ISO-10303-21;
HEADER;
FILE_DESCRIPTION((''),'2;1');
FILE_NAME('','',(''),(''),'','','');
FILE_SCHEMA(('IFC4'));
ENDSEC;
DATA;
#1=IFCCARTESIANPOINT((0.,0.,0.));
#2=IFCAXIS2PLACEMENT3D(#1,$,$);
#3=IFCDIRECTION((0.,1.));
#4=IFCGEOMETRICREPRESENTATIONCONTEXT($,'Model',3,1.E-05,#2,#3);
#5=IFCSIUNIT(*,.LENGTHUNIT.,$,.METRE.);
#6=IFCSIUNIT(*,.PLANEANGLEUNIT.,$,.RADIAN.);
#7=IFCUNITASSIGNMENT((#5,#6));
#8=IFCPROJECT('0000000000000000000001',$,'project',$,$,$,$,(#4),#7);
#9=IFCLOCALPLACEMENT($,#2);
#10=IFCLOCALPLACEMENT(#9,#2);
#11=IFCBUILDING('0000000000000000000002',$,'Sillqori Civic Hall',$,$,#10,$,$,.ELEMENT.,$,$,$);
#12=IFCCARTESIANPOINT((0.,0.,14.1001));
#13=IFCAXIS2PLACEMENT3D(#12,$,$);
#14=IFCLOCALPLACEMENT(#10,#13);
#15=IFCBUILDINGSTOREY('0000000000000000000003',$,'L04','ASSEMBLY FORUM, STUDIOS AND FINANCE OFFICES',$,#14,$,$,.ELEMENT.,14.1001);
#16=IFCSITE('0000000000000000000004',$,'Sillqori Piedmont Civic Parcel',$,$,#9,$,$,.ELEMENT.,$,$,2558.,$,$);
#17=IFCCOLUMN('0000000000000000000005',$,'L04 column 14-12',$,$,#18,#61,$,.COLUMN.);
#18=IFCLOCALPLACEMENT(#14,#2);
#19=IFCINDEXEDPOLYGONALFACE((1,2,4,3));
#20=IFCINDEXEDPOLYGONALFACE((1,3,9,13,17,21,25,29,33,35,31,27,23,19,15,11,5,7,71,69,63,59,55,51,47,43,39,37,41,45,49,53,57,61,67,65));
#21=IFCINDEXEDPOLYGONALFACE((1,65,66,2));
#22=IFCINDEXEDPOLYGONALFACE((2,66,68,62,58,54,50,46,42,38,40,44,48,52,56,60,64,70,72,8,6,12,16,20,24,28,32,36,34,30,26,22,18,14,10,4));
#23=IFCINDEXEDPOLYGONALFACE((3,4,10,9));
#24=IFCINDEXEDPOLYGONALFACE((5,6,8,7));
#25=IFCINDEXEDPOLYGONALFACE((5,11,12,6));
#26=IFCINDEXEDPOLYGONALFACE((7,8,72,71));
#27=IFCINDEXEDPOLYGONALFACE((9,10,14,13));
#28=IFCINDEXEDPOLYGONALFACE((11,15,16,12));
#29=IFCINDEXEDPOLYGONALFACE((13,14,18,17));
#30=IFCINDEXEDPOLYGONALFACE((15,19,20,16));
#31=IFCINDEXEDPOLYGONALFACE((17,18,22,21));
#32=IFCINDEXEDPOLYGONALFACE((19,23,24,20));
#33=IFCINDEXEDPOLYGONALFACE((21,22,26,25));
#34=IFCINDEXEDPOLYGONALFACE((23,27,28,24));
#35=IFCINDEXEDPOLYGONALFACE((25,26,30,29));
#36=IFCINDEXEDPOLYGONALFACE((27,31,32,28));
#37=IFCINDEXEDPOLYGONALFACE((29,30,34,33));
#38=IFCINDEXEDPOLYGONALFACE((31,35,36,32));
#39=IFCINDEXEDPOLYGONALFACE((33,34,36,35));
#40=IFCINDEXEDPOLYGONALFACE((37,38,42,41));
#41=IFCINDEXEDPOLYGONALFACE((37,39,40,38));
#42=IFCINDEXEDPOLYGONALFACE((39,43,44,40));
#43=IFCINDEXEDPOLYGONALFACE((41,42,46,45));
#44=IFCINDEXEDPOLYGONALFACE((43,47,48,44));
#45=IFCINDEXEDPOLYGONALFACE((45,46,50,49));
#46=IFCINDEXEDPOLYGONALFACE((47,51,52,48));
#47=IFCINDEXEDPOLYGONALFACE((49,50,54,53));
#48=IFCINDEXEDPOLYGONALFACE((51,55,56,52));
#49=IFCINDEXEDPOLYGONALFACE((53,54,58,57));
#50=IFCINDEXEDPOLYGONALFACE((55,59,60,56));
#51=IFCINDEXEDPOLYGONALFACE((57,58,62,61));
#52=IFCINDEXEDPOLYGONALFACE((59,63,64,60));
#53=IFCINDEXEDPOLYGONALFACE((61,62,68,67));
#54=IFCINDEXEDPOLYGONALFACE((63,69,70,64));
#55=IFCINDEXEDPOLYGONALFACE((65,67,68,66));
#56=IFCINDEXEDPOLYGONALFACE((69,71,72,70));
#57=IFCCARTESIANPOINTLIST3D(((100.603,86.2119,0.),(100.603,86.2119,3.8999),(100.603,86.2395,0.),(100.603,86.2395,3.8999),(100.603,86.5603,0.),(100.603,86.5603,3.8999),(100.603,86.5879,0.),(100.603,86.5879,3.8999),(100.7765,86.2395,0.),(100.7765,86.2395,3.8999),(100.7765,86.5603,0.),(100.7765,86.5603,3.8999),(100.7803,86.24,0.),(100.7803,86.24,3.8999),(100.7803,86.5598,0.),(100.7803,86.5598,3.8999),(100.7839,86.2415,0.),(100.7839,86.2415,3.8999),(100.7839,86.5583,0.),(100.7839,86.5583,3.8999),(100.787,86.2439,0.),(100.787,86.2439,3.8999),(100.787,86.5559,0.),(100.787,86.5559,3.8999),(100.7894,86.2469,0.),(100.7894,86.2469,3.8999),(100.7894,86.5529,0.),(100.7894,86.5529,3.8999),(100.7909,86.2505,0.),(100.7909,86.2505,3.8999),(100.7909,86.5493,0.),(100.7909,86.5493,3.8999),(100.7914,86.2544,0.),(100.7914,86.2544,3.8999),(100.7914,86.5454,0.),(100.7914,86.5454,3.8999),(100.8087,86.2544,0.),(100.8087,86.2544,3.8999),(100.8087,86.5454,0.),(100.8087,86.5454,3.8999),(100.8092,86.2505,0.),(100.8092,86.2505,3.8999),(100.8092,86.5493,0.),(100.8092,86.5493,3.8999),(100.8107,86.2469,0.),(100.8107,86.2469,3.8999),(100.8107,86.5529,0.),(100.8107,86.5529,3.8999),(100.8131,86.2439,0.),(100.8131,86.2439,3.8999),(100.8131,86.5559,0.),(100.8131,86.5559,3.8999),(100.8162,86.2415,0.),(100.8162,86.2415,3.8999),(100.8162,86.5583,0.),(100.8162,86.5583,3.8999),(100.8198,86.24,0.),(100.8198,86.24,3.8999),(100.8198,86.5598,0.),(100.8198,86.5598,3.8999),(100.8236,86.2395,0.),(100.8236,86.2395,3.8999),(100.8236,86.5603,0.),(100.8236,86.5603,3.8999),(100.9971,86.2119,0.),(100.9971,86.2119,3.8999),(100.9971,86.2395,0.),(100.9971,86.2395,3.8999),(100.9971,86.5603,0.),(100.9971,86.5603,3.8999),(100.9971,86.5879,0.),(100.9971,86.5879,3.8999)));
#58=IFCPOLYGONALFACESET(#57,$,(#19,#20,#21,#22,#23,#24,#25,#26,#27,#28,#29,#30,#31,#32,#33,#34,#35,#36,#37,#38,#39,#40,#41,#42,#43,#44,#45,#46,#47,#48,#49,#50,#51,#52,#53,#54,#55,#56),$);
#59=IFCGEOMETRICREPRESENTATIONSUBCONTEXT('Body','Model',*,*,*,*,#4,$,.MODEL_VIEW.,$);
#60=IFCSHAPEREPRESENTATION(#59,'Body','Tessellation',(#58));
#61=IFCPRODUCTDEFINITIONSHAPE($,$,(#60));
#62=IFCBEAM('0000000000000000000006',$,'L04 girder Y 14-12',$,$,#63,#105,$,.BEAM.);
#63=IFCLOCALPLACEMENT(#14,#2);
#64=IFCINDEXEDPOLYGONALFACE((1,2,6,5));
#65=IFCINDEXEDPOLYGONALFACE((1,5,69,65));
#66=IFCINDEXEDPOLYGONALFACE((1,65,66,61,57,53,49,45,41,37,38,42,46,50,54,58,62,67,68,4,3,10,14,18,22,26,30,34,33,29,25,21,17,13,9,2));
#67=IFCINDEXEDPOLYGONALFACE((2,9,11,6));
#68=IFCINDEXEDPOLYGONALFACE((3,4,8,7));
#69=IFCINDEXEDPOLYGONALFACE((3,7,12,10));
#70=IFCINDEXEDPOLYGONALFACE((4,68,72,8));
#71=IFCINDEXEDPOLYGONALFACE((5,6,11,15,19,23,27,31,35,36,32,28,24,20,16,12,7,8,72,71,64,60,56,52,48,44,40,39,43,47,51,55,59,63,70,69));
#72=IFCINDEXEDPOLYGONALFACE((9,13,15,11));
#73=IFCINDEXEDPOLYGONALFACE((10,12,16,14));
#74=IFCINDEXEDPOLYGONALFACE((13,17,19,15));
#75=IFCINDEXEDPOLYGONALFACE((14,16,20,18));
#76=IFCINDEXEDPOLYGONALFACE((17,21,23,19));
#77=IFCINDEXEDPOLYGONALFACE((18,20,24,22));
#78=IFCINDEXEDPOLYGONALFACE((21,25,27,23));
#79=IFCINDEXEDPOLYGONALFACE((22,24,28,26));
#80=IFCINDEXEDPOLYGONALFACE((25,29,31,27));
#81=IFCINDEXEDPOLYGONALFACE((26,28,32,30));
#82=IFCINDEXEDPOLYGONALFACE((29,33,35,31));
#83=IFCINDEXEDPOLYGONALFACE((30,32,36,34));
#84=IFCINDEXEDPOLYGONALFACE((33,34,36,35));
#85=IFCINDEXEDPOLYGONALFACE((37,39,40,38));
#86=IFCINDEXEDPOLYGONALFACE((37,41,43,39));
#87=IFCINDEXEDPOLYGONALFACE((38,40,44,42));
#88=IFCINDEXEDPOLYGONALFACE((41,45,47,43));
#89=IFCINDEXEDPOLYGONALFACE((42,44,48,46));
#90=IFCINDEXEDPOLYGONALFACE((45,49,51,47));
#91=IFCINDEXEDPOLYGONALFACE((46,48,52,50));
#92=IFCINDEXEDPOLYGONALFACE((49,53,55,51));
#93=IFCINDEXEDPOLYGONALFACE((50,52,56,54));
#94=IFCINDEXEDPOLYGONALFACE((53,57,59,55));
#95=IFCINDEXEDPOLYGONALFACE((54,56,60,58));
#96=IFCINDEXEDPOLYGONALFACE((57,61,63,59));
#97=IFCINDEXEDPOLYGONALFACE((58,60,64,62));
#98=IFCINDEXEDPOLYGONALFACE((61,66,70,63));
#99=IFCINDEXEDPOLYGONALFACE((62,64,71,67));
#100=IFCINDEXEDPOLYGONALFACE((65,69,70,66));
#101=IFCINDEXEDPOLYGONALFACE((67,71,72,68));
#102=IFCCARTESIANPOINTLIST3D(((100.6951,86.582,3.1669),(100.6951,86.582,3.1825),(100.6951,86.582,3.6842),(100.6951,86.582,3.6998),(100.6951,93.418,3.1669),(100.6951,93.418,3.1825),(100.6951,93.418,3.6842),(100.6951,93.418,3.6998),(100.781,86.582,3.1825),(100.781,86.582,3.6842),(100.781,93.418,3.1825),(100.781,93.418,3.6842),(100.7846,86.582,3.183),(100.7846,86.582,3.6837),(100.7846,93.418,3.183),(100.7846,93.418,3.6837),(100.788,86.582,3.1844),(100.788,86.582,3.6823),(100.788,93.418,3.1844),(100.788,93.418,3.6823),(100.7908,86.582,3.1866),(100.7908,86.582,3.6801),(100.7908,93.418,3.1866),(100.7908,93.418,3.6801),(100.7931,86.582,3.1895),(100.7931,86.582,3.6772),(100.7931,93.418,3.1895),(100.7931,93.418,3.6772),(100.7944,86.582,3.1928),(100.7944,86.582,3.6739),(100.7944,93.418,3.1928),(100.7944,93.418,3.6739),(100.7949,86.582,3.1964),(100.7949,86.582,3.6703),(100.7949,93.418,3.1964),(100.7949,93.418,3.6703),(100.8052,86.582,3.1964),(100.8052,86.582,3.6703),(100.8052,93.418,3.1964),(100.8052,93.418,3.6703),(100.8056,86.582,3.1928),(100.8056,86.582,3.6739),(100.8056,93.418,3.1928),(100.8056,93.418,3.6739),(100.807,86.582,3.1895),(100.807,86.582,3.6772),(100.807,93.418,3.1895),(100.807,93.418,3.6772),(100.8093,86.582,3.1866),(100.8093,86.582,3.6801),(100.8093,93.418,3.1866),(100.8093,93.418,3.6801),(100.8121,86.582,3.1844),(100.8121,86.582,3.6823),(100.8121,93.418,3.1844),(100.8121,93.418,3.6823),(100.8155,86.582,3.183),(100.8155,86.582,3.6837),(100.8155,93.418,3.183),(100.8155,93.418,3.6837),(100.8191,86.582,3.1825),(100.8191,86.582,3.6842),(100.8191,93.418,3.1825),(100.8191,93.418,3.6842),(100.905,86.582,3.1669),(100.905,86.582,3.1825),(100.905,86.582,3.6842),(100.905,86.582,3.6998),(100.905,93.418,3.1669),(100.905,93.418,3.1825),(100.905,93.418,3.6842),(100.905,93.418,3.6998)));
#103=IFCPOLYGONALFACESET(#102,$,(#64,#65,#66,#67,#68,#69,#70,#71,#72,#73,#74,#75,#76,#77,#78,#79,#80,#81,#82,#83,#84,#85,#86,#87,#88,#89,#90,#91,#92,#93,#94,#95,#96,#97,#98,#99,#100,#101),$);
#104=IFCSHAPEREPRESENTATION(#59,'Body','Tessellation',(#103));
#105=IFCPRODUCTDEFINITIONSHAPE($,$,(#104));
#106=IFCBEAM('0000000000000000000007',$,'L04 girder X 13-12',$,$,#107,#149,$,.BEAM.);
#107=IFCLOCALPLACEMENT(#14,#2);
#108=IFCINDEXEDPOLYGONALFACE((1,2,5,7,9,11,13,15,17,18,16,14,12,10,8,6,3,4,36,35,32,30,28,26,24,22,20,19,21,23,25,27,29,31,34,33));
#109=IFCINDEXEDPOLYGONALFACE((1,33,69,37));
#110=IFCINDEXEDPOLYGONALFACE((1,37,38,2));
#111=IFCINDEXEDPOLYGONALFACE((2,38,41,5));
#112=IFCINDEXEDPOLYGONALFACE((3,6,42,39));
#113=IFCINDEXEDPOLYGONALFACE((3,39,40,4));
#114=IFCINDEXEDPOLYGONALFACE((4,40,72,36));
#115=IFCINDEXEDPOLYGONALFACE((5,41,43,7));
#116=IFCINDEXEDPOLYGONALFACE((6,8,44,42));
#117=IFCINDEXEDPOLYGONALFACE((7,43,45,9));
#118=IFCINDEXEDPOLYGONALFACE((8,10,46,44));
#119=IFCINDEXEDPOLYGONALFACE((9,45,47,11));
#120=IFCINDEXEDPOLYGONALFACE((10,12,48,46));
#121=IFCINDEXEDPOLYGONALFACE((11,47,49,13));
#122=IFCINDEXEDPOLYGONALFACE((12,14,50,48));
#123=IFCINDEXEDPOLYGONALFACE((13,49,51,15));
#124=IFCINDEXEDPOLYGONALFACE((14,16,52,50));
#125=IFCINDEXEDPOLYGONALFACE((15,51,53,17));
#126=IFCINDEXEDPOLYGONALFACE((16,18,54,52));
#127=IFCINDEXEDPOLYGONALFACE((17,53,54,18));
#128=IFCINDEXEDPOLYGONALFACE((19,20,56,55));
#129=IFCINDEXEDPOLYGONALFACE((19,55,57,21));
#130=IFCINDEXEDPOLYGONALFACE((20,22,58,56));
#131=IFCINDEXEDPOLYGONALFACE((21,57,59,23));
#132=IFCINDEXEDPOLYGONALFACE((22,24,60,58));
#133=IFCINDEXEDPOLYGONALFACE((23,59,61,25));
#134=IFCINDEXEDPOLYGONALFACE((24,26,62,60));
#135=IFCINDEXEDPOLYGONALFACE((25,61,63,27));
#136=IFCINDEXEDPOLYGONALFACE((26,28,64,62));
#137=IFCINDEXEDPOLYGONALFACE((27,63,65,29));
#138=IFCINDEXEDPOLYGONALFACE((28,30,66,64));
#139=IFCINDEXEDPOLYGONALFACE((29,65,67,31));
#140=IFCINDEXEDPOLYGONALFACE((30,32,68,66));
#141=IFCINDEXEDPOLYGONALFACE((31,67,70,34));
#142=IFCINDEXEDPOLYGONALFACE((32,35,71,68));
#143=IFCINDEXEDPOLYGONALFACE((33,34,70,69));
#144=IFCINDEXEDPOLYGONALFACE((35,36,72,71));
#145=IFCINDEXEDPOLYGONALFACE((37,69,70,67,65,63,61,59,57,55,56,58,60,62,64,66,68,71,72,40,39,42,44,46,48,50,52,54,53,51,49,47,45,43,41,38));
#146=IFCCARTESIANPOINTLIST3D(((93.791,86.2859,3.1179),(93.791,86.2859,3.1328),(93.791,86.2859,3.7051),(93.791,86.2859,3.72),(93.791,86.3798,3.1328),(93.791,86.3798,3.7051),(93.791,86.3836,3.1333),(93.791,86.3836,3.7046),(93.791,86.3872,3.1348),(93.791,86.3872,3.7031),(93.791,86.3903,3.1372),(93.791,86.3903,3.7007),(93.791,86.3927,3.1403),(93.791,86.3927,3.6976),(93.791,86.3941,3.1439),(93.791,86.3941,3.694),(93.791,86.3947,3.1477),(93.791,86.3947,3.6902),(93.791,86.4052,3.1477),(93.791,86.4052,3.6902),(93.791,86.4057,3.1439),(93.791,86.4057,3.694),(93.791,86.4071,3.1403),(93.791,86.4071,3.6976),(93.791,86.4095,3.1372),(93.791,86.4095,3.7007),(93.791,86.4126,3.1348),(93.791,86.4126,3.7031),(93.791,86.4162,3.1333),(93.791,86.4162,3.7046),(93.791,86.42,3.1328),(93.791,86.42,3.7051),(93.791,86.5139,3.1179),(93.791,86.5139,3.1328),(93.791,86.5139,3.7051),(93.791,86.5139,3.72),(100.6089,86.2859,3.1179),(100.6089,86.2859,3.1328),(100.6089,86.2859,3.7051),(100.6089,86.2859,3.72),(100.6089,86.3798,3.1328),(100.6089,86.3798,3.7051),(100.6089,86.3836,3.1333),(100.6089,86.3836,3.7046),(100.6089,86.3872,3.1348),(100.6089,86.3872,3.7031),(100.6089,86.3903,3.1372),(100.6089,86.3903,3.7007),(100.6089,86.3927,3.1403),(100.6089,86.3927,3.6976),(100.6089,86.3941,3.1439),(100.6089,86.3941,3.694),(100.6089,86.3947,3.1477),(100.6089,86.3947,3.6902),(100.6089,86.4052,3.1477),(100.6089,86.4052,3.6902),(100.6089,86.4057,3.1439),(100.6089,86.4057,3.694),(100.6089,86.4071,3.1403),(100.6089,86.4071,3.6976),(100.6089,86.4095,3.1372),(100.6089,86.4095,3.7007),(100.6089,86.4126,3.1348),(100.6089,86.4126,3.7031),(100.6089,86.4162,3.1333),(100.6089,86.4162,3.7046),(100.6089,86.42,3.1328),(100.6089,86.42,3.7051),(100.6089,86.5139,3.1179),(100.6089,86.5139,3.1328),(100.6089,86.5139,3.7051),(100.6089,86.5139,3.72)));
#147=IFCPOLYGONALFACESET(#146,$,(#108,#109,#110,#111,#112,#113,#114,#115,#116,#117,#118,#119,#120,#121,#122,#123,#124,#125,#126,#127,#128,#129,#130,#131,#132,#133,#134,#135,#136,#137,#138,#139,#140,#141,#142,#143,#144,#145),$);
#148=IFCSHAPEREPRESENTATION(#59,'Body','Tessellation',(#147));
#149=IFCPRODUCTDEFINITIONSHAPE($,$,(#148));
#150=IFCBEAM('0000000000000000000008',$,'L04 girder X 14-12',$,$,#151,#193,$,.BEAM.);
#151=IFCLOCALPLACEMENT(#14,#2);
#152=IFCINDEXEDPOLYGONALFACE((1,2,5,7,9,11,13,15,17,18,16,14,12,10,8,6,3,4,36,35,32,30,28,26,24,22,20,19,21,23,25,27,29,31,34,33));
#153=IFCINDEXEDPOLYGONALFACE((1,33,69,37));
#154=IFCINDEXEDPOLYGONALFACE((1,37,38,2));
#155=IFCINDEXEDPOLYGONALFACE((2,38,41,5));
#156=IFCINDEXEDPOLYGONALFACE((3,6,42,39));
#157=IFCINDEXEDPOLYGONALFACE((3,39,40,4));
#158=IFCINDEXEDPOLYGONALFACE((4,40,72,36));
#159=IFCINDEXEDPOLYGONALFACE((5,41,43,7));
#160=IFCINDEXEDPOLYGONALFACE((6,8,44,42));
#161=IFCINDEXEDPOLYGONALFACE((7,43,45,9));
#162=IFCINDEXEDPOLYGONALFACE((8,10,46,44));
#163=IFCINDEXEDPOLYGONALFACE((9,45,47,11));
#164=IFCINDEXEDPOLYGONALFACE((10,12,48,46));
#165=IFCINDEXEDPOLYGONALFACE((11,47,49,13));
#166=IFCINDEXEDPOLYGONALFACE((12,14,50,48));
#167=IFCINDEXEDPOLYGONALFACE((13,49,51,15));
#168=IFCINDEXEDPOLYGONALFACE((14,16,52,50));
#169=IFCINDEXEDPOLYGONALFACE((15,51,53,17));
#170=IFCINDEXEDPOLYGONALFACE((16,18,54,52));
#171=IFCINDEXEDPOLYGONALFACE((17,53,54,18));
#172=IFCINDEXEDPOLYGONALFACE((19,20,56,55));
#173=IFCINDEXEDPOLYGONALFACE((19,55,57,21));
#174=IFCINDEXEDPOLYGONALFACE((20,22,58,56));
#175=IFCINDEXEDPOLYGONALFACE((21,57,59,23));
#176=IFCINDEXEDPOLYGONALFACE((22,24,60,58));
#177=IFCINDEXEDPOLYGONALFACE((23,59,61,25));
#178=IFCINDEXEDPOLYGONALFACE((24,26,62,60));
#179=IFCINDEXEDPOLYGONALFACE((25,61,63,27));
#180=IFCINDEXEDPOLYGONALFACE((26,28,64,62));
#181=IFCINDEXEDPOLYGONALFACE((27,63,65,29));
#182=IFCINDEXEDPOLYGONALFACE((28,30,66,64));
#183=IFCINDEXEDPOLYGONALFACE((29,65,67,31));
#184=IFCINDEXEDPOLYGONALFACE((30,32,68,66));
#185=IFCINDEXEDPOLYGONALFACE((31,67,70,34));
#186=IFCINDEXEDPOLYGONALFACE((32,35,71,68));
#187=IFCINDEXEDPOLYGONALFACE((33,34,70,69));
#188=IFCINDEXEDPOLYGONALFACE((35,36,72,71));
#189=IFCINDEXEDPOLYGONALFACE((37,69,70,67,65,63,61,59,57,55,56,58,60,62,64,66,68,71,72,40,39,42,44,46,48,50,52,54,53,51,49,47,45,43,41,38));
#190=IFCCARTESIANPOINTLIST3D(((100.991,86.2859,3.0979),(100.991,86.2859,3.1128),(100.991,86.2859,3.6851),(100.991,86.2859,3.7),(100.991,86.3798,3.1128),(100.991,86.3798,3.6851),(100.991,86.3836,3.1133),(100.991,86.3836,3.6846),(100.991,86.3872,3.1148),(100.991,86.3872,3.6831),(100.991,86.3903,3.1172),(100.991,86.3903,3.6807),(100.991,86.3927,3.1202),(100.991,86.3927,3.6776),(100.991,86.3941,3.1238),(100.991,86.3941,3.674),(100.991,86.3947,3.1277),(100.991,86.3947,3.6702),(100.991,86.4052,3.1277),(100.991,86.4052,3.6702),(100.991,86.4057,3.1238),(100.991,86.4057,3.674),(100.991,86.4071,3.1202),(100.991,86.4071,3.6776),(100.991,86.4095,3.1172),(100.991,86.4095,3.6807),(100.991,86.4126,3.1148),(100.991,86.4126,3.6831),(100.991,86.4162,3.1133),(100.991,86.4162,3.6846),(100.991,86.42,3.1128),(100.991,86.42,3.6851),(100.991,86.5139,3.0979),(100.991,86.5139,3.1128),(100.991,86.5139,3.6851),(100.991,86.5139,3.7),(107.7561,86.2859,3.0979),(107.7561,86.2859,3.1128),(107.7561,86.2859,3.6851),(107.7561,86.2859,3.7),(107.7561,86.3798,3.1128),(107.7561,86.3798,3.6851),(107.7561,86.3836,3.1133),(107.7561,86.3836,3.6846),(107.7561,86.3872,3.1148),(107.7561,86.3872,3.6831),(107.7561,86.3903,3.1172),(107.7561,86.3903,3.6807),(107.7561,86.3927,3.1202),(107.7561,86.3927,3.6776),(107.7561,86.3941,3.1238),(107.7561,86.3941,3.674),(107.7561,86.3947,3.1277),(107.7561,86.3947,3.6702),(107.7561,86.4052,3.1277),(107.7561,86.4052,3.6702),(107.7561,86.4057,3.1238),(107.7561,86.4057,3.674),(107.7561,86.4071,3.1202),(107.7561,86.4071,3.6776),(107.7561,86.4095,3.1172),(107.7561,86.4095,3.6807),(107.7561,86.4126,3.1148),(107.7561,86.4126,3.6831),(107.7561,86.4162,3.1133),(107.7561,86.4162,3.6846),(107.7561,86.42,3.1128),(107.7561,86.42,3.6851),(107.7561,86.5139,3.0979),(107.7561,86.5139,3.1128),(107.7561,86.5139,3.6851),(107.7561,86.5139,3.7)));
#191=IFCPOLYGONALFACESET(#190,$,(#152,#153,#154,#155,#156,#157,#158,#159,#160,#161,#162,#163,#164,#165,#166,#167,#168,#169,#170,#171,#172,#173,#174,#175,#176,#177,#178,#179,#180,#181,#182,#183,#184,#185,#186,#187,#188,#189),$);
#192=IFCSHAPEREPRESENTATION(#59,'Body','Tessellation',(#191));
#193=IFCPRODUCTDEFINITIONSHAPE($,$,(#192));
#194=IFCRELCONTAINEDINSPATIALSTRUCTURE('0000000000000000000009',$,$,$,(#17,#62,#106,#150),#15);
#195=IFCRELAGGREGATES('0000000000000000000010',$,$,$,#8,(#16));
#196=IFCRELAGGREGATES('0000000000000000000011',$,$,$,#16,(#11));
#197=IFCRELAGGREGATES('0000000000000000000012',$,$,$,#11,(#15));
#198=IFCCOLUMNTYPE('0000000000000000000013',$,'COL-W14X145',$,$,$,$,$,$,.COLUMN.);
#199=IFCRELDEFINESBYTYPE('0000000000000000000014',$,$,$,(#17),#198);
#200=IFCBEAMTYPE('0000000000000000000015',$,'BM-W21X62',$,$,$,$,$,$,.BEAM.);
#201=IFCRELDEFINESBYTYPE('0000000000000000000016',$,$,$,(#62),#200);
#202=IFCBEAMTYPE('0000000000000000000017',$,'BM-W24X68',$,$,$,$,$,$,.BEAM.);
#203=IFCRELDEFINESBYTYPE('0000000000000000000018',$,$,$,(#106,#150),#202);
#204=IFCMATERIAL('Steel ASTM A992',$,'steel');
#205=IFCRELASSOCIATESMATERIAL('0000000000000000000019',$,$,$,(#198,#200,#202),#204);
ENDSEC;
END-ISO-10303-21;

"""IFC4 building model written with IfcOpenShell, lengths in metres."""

from ifc_helpers import new_model, si_unit, direction, frame, origin, origin_2d, place, context, subcontext, project, spatial, i_section, extrude, material, material_profile, profile_set, type_object, element, save


model = new_model("IFC4")

# Units and contexts
model_context = context("Model", 3, precision=1e-05, world=origin(), true_north=direction((0.0, 1.0)))
body_context = subcontext(model_context, "Body", "Model", "MODEL_VIEW")
ifc_project = project(units=[si_unit("LENGTHUNIT", "METRE"), si_unit("PLANEANGLEUNIT", "RADIAN")], contexts=[model_context])

# Site, building, storey
site_placement = place(None, origin())
site = spatial("IfcSite", under=ifc_project, at=site_placement, Name="Sillqori Piedmont Civic Parcel", CompositionType="ELEMENT", RefElevation=2558.0)
building_placement = place(site_placement, origin())
building = spatial("IfcBuilding", under=site, at=building_placement, Name="Sillqori Civic Hall", CompositionType="ELEMENT")
storey_placement = place(building_placement, frame((0.0, 0.0, 14.1001)))
storey = spatial("IfcBuildingStorey", under=building, at=storey_placement, Name="L04", Description="ASSEMBLY FORUM, STUDIOS AND FINANCE OFFICES", CompositionType="ELEMENT", Elevation=14.1001)

# Column
ifc_material_1 = material(Name="Steel ASTM A992", Category="steel")
ifc_material_profile_1 = material_profile(ifc_material_1, i_section(OverallWidth=0.394, OverallDepth=0.376, WebThickness=0.0173, FlangeThickness=0.0276, FilletRadius=0.0149, at=origin_2d()), Name="W14X145")
ifc_profile_set_1 = profile_set([ifc_material_profile_1], Name="Steel ASTM A992")
column_type = type_object("IfcColumnType", Name="COL-W14X145", PredefinedType="COLUMN", material=ifc_profile_set_1)
column_placement = place(storey_placement, frame((100.8, 86.3999, 0.0), z_axis=(0.0, 0.0, 1.0), x_axis=(1.0, 0.0, 0.0)))
element("IfcColumn", 1, at=column_placement, inside=storey, type_object=column_type, Name="L04 column 14-12", PredefinedType="COLUMN", context=body_context, shape_type="SweptSolid", body=[
    extrude(i_section(OverallWidth=0.394, OverallDepth=0.376, WebThickness=0.0173, FlangeThickness=0.0276, FilletRadius=0.0149, at=origin_2d()), origin(), (0.0, 0.0, 1.0), 3.8999),
])

# Beams
ifc_material_profile_2 = material_profile(ifc_material_1, i_section(OverallWidth=0.21, OverallDepth=0.533, WebThickness=0.0103, FlangeThickness=0.0156, FilletRadius=0.0139, at=origin_2d()), Name="W21X62")
ifc_profile_set_2 = profile_set([ifc_material_profile_2], Name="Steel ASTM A992")
beam_type_1 = type_object("IfcBeamType", Name="BM-W21X62", PredefinedType="BEAM", material=ifc_profile_set_2)
beam_1_placement = place(storey_placement, frame((100.8, 86.582, 3.4333), z_axis=(0.0, 1.0, 0.0), x_axis=(-1.0, 0.0, 0.0)))
element("IfcBeam", 2, at=beam_1_placement, inside=storey, type_object=beam_type_1, Name="L04 girder Y 14-12", PredefinedType="BEAM", context=body_context, shape_type="SweptSolid", body=[
    extrude(i_section(OverallWidth=0.21, OverallDepth=0.533, WebThickness=0.0103, FlangeThickness=0.0156, FilletRadius=0.0139, at=origin_2d()), origin(), (0.0, 0.0, 1.0), 6.8359),
])
ifc_material_profile_3 = material_profile(ifc_material_1, i_section(OverallWidth=0.228, OverallDepth=0.6021, WebThickness=0.0105, FlangeThickness=0.0149, FilletRadius=0.0149, at=origin_2d()), Name="W24X68")
ifc_profile_set_3 = profile_set([ifc_material_profile_3], Name="Steel ASTM A992")
beam_type_2 = type_object("IfcBeamType", Name="BM-W24X68", PredefinedType="BEAM", material=ifc_profile_set_3)
beam_2_placement = place(storey_placement, frame((93.791, 86.3999, 3.4189), z_axis=(1.0, 0.0, 0.0), x_axis=(0.0, 1.0, 0.0)))
element("IfcBeam", 3, at=beam_2_placement, inside=storey, type_object=beam_type_2, Name="L04 girder X 13-12", PredefinedType="BEAM", context=body_context, shape_type="SweptSolid", body=[
    extrude(i_section(OverallWidth=0.228, OverallDepth=0.6021, WebThickness=0.0105, FlangeThickness=0.0149, FilletRadius=0.0149, at=origin_2d()), origin(), (0.0, 0.0, 1.0), 6.8179),
])
beam_3_placement = place(storey_placement, frame((100.991, 86.3999, 3.3989), z_axis=(1.0, 0.0, 0.0), x_axis=(0.0, 1.0, 0.0)))
element("IfcBeam", 4, at=beam_3_placement, inside=storey, type_object=beam_type_2, Name="L04 girder X 14-12", PredefinedType="BEAM", context=body_context, shape_type="SweptSolid", body=[
    extrude(i_section(OverallWidth=0.228, OverallDepth=0.6021, WebThickness=0.0105, FlangeThickness=0.0149, FilletRadius=0.0149, at=origin_2d()), origin(), (0.0, 0.0, 1.0), 6.7651),
])

save(model, "model.ifc")
